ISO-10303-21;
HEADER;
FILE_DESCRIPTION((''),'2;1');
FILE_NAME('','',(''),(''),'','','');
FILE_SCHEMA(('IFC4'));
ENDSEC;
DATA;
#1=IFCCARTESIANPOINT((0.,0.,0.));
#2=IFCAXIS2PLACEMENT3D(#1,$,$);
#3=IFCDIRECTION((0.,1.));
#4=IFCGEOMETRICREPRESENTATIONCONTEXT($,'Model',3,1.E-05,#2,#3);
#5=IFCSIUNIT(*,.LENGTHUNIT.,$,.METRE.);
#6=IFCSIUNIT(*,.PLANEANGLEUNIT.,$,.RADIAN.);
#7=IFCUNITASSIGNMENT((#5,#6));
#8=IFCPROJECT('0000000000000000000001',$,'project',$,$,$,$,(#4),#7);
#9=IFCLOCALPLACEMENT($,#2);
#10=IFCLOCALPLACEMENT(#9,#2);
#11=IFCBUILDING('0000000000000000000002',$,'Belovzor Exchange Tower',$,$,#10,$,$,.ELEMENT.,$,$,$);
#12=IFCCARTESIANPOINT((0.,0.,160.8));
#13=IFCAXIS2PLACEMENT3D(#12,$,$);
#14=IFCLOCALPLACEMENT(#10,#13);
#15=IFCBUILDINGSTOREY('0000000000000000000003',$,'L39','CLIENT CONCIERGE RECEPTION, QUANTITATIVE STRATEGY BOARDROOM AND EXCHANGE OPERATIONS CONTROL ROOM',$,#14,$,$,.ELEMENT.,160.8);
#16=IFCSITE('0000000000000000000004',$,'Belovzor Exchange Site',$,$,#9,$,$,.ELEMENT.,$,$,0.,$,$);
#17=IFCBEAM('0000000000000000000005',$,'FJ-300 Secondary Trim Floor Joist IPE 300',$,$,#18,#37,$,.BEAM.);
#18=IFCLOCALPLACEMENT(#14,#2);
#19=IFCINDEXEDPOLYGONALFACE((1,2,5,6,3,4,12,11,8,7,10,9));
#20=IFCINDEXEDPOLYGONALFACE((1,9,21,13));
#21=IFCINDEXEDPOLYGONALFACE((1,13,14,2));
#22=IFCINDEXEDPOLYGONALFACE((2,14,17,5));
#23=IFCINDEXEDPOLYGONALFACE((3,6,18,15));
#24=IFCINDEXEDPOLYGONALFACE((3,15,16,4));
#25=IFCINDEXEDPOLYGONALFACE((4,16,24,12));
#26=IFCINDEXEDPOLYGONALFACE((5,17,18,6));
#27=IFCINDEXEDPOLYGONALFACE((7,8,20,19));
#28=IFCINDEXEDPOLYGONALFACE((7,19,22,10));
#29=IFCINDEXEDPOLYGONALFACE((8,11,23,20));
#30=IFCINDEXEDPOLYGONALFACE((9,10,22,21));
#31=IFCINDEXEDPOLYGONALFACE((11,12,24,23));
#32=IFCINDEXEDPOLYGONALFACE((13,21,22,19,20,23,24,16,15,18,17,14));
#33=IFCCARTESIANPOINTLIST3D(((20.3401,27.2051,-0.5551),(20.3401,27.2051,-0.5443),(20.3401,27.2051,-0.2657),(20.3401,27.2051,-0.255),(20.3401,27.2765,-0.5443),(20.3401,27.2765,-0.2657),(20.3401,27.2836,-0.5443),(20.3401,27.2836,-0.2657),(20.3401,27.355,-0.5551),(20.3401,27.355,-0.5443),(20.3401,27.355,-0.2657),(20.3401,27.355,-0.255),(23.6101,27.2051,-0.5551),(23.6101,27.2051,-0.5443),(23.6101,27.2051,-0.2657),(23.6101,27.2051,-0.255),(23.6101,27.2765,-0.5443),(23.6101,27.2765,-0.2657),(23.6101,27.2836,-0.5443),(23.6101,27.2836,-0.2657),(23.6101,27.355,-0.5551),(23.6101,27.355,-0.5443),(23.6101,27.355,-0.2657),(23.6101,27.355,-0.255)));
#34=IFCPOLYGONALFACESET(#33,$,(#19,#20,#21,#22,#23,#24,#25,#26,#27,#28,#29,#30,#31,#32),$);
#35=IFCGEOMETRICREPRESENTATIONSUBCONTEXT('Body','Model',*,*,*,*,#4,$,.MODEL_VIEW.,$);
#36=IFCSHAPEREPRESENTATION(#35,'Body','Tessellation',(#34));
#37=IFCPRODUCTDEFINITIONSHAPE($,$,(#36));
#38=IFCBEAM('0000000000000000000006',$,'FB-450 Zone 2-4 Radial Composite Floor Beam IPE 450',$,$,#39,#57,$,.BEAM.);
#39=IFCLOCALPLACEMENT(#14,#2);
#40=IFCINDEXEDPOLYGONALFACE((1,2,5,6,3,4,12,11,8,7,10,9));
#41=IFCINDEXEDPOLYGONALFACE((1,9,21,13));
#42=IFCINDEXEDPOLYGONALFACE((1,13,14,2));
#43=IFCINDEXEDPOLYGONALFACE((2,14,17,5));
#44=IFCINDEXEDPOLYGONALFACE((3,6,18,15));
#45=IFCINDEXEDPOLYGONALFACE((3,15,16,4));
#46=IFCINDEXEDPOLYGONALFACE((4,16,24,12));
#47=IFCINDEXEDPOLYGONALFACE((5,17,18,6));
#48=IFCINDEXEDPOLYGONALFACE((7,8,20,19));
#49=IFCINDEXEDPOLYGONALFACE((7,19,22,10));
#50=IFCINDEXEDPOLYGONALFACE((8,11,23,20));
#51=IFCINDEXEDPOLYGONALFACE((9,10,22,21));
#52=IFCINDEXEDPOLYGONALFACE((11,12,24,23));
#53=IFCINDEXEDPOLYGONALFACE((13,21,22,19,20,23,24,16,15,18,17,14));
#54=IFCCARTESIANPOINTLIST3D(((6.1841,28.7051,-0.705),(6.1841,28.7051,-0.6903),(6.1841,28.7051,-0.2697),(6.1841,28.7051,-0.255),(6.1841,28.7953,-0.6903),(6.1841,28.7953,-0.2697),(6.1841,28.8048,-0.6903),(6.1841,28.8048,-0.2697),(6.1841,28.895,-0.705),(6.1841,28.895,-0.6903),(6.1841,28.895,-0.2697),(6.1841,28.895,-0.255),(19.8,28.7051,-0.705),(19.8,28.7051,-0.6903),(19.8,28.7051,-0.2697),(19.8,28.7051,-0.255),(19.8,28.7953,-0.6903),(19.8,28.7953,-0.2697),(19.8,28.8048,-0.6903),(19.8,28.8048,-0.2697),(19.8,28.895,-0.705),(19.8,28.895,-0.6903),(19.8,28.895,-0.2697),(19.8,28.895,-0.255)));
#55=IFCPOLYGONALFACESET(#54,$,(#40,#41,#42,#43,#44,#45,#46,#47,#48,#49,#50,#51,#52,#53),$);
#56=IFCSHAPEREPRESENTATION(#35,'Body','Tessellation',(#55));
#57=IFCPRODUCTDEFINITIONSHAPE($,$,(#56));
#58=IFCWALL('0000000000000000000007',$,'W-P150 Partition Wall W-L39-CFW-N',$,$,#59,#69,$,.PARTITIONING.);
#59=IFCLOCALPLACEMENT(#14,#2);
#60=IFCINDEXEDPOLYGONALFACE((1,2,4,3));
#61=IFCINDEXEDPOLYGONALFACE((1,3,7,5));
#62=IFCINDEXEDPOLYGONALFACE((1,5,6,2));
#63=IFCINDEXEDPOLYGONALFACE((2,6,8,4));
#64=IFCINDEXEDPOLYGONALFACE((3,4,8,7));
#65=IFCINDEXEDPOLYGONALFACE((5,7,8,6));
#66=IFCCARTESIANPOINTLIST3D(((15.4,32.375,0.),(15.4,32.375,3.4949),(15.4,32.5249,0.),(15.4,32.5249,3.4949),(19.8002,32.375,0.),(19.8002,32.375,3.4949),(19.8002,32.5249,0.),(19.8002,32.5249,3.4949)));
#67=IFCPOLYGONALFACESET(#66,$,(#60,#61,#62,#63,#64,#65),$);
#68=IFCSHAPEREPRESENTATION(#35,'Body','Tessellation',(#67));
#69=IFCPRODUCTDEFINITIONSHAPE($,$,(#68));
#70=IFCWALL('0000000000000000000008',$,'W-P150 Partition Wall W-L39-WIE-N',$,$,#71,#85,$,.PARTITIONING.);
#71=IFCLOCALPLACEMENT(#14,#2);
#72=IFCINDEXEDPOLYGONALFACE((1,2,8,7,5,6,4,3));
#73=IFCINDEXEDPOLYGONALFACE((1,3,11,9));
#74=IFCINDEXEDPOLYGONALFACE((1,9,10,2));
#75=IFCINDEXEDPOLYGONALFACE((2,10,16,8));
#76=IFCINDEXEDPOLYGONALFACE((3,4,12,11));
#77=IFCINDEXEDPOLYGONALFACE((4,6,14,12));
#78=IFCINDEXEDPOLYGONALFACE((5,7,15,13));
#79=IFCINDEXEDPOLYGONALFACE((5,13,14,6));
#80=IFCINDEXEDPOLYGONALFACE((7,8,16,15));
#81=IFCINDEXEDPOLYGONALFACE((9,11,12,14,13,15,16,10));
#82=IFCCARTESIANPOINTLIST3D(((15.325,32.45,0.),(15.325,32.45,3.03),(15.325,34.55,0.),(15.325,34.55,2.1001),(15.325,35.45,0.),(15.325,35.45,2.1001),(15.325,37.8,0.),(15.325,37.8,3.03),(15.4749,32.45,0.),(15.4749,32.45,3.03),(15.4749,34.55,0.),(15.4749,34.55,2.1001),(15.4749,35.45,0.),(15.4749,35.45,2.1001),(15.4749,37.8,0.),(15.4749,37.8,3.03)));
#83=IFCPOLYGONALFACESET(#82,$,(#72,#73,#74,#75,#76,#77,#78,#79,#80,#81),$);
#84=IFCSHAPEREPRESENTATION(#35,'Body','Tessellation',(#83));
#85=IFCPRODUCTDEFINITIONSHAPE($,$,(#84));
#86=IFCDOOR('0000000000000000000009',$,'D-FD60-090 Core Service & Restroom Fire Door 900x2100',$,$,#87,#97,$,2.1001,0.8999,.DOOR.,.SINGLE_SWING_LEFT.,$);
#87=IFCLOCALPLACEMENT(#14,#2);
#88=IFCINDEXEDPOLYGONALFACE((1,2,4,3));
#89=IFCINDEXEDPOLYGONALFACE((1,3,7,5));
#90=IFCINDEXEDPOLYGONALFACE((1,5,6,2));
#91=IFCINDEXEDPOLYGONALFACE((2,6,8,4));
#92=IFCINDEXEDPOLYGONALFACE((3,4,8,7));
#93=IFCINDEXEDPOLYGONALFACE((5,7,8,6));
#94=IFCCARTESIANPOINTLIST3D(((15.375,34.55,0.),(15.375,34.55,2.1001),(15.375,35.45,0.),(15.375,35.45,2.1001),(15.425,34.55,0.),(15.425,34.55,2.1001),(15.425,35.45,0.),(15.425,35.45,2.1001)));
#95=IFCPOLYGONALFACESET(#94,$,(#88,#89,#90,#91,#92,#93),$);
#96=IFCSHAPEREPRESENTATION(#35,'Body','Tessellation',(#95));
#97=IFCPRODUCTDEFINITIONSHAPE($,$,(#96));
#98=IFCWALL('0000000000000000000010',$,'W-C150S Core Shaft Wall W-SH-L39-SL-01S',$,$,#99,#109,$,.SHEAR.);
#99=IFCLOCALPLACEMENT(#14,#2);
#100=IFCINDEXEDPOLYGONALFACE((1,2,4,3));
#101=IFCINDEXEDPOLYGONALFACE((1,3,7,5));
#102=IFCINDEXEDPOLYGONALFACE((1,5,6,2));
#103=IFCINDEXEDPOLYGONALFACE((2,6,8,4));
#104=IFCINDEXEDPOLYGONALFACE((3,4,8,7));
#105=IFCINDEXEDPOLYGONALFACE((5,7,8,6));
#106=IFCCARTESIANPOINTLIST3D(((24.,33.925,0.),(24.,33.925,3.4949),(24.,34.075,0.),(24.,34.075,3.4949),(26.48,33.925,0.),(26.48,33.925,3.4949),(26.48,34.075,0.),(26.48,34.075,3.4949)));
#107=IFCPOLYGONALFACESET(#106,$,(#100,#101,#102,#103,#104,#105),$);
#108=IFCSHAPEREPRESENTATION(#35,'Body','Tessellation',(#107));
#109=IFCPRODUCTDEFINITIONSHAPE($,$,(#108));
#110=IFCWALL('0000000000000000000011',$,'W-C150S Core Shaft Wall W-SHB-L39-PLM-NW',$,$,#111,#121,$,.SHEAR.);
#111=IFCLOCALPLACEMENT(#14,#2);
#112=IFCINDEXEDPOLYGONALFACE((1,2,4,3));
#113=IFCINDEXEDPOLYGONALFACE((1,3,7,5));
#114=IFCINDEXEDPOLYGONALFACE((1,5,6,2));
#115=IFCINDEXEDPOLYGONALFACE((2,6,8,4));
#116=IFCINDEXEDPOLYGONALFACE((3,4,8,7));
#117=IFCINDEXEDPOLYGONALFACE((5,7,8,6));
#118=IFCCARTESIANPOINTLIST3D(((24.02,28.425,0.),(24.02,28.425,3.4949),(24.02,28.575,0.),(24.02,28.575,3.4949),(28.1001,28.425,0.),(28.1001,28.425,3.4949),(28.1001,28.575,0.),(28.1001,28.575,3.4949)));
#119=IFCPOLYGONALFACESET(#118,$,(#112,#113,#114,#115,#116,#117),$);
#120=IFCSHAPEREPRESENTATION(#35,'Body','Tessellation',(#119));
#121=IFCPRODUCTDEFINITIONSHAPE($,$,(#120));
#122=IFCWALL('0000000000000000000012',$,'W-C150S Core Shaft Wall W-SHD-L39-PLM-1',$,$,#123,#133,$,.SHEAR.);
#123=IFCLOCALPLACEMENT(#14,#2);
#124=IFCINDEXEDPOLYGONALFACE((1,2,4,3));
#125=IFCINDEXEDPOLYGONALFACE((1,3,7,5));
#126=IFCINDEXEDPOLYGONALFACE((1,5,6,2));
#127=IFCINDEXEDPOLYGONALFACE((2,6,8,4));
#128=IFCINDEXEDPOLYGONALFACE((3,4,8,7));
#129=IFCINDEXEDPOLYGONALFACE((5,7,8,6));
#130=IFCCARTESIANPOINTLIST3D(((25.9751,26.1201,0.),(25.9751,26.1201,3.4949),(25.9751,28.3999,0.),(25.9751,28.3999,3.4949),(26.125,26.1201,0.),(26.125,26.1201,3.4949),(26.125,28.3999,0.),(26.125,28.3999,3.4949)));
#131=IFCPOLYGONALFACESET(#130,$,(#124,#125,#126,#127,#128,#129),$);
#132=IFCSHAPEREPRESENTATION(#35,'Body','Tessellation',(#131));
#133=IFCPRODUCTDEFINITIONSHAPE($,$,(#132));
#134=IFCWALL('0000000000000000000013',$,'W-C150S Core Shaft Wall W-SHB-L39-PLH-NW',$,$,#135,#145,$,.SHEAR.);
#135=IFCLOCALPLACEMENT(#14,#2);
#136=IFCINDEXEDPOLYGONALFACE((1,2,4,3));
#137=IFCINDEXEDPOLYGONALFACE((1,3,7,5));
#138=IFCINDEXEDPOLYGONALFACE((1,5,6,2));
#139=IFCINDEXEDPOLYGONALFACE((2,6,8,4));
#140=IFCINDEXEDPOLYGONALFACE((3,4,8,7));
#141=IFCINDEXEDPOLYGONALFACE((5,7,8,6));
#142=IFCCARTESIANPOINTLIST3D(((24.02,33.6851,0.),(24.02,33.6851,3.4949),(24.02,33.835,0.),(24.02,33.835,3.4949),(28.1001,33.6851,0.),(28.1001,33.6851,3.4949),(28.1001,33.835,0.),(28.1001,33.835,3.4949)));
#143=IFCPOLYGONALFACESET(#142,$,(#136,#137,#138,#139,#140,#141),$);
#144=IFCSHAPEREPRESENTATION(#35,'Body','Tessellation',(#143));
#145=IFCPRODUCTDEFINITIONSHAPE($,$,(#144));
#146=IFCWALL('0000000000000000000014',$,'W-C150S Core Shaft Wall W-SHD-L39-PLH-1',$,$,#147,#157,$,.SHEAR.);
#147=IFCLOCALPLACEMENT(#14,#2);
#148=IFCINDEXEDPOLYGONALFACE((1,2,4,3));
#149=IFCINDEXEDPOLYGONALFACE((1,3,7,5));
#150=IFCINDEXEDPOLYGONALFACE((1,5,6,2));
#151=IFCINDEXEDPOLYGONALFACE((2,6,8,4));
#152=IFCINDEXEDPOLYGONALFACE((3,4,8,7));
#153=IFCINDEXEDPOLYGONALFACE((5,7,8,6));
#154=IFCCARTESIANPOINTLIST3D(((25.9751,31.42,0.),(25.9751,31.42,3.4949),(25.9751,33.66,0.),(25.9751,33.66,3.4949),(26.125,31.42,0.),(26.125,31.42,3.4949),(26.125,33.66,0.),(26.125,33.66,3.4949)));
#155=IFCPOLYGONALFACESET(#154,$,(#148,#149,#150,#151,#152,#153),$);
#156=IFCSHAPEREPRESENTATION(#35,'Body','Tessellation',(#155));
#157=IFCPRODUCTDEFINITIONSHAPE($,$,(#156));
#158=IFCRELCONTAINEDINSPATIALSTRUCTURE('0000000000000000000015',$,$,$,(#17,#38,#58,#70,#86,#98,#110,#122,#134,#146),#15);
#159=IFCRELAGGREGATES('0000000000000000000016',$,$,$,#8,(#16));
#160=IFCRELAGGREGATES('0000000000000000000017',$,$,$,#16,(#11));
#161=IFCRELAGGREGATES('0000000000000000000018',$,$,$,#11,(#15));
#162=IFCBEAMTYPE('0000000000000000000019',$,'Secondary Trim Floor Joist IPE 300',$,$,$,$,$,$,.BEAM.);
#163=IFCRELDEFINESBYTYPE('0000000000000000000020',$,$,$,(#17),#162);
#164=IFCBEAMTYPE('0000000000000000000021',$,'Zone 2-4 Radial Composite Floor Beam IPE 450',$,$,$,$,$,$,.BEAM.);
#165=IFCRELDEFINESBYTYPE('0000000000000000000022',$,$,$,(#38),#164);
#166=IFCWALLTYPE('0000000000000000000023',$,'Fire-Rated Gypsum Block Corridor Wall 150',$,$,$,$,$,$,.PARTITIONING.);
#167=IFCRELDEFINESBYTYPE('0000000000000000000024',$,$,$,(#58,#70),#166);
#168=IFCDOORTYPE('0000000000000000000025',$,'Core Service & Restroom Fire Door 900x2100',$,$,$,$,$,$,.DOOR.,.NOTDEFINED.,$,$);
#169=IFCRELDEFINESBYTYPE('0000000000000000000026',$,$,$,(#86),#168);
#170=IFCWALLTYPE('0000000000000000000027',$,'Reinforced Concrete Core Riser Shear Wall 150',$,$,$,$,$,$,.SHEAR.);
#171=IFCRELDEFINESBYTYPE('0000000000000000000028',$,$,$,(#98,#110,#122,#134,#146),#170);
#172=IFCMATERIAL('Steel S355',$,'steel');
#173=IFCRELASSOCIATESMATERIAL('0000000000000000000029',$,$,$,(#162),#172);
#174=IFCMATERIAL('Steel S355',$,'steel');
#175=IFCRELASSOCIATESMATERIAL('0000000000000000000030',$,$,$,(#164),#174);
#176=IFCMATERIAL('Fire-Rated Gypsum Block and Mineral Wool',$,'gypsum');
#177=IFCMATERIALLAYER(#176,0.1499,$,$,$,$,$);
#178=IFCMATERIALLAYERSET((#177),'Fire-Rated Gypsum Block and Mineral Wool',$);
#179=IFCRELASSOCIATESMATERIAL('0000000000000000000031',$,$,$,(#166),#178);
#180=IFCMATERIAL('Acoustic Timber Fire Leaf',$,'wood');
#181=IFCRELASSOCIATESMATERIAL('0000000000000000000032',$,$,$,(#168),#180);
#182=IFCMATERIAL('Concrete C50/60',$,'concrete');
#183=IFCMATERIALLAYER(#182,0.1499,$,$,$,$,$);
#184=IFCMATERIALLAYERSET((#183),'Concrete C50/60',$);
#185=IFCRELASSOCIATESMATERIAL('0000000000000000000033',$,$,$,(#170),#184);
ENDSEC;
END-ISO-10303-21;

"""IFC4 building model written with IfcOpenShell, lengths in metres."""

from ifc_helpers import new_model, si_unit, direction, frame, frame_2d, origin, origin_2d, place, context, subcontext, project, spatial, rectangle, i_section, extrude, material, layer, layer_set, material_profile, profile_set, type_object, element, fill, save


model = new_model("IFC4")

# Units and contexts
model_context = context("Model", 3, precision=1e-05, world=origin(), true_north=direction((0.0, 1.0)))
body_context = subcontext(model_context, "Body", "Model", "MODEL_VIEW")
ifc_project = project(units=[si_unit("LENGTHUNIT", "METRE"), si_unit("PLANEANGLEUNIT", "RADIAN")], contexts=[model_context])

# Site, building, storey
site_placement = place(None, origin())
site = spatial("IfcSite", under=ifc_project, at=site_placement, Name="Belovzor Exchange Site", CompositionType="ELEMENT", RefElevation=0.0)
building_placement = place(site_placement, origin())
building = spatial("IfcBuilding", under=site, at=building_placement, Name="Belovzor Exchange Tower", CompositionType="ELEMENT")
storey_placement = place(building_placement, frame((0.0, 0.0, 160.8)))
storey = spatial("IfcBuildingStorey", under=building, at=storey_placement, Name="L39", Description="CLIENT CONCIERGE RECEPTION, QUANTITATIVE STRATEGY BOARDROOM AND EXCHANGE OPERATIONS CONTROL ROOM", CompositionType="ELEMENT", Elevation=160.8)

# Beams
ifc_material_1 = material(Name="Steel S355", Category="steel")
ifc_material_profile_1 = material_profile(ifc_material_1, i_section(OverallWidth=0.1499, OverallDepth=0.3, WebThickness=0.0071, FlangeThickness=0.0107, at=origin_2d()))
ifc_profile_set_1 = profile_set([ifc_material_profile_1], Name="Steel S355")
beam_type_1 = type_object("IfcBeamType", Name="Secondary Trim Floor Joist IPE 300", PredefinedType="BEAM", material=ifc_profile_set_1)
beam_1_placement = place(storey_placement, frame((20.3401, 27.28, -0.405), z_axis=(1.0, 0.0, 0.0), x_axis=(0.0, 1.0, 0.0)))
element("IfcBeam", 1, at=beam_1_placement, inside=storey, type_object=beam_type_1, Name="FJ-300 Secondary Trim Floor Joist IPE 300", PredefinedType="BEAM", context=body_context, shape_type="SweptSolid", body=[
    extrude(i_section(OverallWidth=0.1499, OverallDepth=0.3, WebThickness=0.0071, FlangeThickness=0.0107, at=origin_2d()), origin(), (0.0, 0.0, 1.0), 3.27),
])
ifc_material_2 = material(Name="Steel S355", Category="steel")
ifc_material_profile_2 = material_profile(ifc_material_2, i_section(OverallWidth=0.1899, OverallDepth=0.45, WebThickness=0.0095, FlangeThickness=0.0146, at=origin_2d()))
ifc_profile_set_2 = profile_set([ifc_material_profile_2], Name="Steel S355")
beam_type_2 = type_object("IfcBeamType", Name="Zone 2-4 Radial Composite Floor Beam IPE 450", PredefinedType="BEAM", material=ifc_profile_set_2)
beam_2_placement = place(storey_placement, frame((19.8, 28.8, -0.48), z_axis=(-1.0, 0.0, 0.0), x_axis=(0.0, -1.0, 0.0)))
element("IfcBeam", 2, at=beam_2_placement, inside=storey, type_object=beam_type_2, Name="FB-450 Zone 2-4 Radial Composite Floor Beam IPE 450", PredefinedType="BEAM", context=body_context, shape_type="SweptSolid", body=[
    extrude(i_section(OverallWidth=0.1899, OverallDepth=0.45, WebThickness=0.0095, FlangeThickness=0.0146, at=origin_2d()), origin(), (0.0, 0.0, 1.0), 13.616),
])

# Wall
ifc_material_3 = material(Name="Fire-Rated Gypsum Block and Mineral Wool", Category="gypsum")
ifc_layer_1 = layer(ifc_material_3, 0.1499)
ifc_layer_set_1 = layer_set([ifc_layer_1], Name="Fire-Rated Gypsum Block and Mineral Wool")
wall_type_1 = type_object("IfcWallType", Name="Fire-Rated Gypsum Block Corridor Wall 150", PredefinedType="PARTITIONING", material=ifc_layer_set_1)
wall_1_placement = place(storey_placement, frame((15.3999, 32.45, 0.0), z_axis=(0.0, 0.0, 1.0), x_axis=(1.0, 0.0, 0.0)))
element("IfcWall", 3, at=wall_1_placement, inside=storey, type_object=wall_type_1, Name="W-P150 Partition Wall W-L39-CFW-N", PredefinedType="PARTITIONING", context=body_context, shape_type="SweptSolid", body=[
    extrude(rectangle(XDim=4.4001, YDim=0.1499, at=frame_2d((2.2002, 0.0))), origin(), (0.0, 0.0, 1.0), 3.4949),
])

# Wall, opening, door
wall_2_placement = place(storey_placement, frame((15.3999, 32.45, 0.0), z_axis=(0.0, 0.0, 1.0), x_axis=(0.0, 1.0, 0.0)))
wall_2 = element("IfcWall", 4, at=wall_2_placement, inside=storey, type_object=wall_type_1, Name="W-P150 Partition Wall W-L39-WIE-N", PredefinedType="PARTITIONING", context=body_context, shape_type="SweptSolid", body=[
    extrude(rectangle(XDim=5.3501, YDim=0.1499, at=frame_2d((2.675, 0.0))), origin(), (0.0, 0.0, 1.0), 3.03),
])
opening_1_placement = place(wall_2_placement, frame((2.1001, 0.0, 0.0)))
opening_1 = element("IfcOpeningElement", 5, at=opening_1_placement, cuts=wall_2, PredefinedType="OPENING", context=body_context, shape_type="SweptSolid", body=[
    extrude(rectangle(XDim=0.8999, YDim=2.1001, at=frame_2d((0.45, 1.05))), frame((0.0, 0.085, 0.0), z_axis=(0.0, -1.0, 0.0), x_axis=(1.0, 0.0, 0.0)), (0.0, 0.0, 1.0), 0.1699),
])
ifc_material_4 = material(Name="Acoustic Timber Fire Leaf", Category="wood")
door_type_1 = type_object("IfcDoorType", Name="Core Service & Restroom Fire Door 900x2100", OperationType="NOTDEFINED", PredefinedType="DOOR", material=ifc_material_4)
door_1_placement = place(opening_1_placement, origin())
door_1 = element("IfcDoor", 6, at=door_1_placement, inside=storey, type_object=door_type_1, Name="D-FD60-090 Core Service & Restroom Fire Door 900x2100", OperationType="SINGLE_SWING_LEFT", OverallHeight=2.1001, OverallWidth=0.8999, PredefinedType="DOOR", context=body_context, shape_type="SweptSolid", body=[
    extrude(rectangle(XDim=0.8999, YDim=2.1001, at=frame_2d((0.45, 1.05))), frame((0.0, 0.0249, 0.0), z_axis=(0.0, -1.0, 0.0), x_axis=(1.0, 0.0, 0.0)), (0.0, 0.0, 1.0), 0.05),
])
fill(opening_1, door_1)

# Walls
ifc_material_5 = material(Name="Concrete C50/60", Category="concrete")
ifc_layer_2 = layer(ifc_material_5, 0.1499)
ifc_layer_set_2 = layer_set([ifc_layer_2], Name="Concrete C50/60")
wall_type_2 = type_object("IfcWallType", Name="Reinforced Concrete Core Riser Shear Wall 150", PredefinedType="SHEAR", material=ifc_layer_set_2)
wall_3_placement = place(storey_placement, frame((24.0, 34.0, 0.0), z_axis=(0.0, 0.0, 1.0), x_axis=(1.0, 0.0, 0.0)))
element("IfcWall", 7, at=wall_3_placement, inside=storey, type_object=wall_type_2, Name="W-C150S Core Shaft Wall W-SH-L39-SL-01S", PredefinedType="SHEAR", context=body_context, shape_type="SweptSolid", body=[
    extrude(rectangle(XDim=2.48, YDim=0.1499, at=frame_2d((1.24, 0.0))), origin(), (0.0, 0.0, 1.0), 3.4949),
])
wall_4_placement = place(storey_placement, frame((24.02, 28.5, 0.0), z_axis=(0.0, 0.0, 1.0), x_axis=(1.0, 0.0, 0.0)))
element("IfcWall", 8, at=wall_4_placement, inside=storey, type_object=wall_type_2, Name="W-C150S Core Shaft Wall W-SHB-L39-PLM-NW", PredefinedType="SHEAR", context=body_context, shape_type="SweptSolid", body=[
    extrude(rectangle(XDim=4.0801, YDim=0.1499, at=frame_2d((2.04, 0.0))), origin(), (0.0, 0.0, 1.0), 3.4949),
])
wall_5_placement = place(storey_placement, frame((26.05, 26.1201, 0.0), z_axis=(0.0, 0.0, 1.0), x_axis=(0.0, 1.0, 0.0)))
element("IfcWall", 9, at=wall_5_placement, inside=storey, type_object=wall_type_2, Name="W-C150S Core Shaft Wall W-SHD-L39-PLM-1", PredefinedType="SHEAR", context=body_context, shape_type="SweptSolid", body=[
    extrude(rectangle(XDim=2.2798, YDim=0.1499, at=frame_2d((1.1399, 0.0))), origin(), (0.0, 0.0, 1.0), 3.4949),
])
wall_6_placement = place(storey_placement, frame((24.02, 33.76, 0.0), z_axis=(0.0, 0.0, 1.0), x_axis=(1.0, 0.0, 0.0)))
element("IfcWall", 10, at=wall_6_placement, inside=storey, type_object=wall_type_2, Name="W-C150S Core Shaft Wall W-SHB-L39-PLH-NW", PredefinedType="SHEAR", context=body_context, shape_type="SweptSolid", body=[
    extrude(rectangle(XDim=4.0801, YDim=0.1499, at=frame_2d((2.04, 0.0))), origin(), (0.0, 0.0, 1.0), 3.4949),
])
wall_7_placement = place(storey_placement, frame((26.05, 31.4199, 0.0), z_axis=(0.0, 0.0, 1.0), x_axis=(0.0, 1.0, 0.0)))
element("IfcWall", 11, at=wall_7_placement, inside=storey, type_object=wall_type_2, Name="W-C150S Core Shaft Wall W-SHD-L39-PLH-1", PredefinedType="SHEAR", context=body_context, shape_type="SweptSolid", body=[
    extrude(rectangle(XDim=2.24, YDim=0.1499, at=frame_2d((1.1201, 0.0))), origin(), (0.0, 0.0, 1.0), 3.4949),
])

save(model, "model.ifc")
